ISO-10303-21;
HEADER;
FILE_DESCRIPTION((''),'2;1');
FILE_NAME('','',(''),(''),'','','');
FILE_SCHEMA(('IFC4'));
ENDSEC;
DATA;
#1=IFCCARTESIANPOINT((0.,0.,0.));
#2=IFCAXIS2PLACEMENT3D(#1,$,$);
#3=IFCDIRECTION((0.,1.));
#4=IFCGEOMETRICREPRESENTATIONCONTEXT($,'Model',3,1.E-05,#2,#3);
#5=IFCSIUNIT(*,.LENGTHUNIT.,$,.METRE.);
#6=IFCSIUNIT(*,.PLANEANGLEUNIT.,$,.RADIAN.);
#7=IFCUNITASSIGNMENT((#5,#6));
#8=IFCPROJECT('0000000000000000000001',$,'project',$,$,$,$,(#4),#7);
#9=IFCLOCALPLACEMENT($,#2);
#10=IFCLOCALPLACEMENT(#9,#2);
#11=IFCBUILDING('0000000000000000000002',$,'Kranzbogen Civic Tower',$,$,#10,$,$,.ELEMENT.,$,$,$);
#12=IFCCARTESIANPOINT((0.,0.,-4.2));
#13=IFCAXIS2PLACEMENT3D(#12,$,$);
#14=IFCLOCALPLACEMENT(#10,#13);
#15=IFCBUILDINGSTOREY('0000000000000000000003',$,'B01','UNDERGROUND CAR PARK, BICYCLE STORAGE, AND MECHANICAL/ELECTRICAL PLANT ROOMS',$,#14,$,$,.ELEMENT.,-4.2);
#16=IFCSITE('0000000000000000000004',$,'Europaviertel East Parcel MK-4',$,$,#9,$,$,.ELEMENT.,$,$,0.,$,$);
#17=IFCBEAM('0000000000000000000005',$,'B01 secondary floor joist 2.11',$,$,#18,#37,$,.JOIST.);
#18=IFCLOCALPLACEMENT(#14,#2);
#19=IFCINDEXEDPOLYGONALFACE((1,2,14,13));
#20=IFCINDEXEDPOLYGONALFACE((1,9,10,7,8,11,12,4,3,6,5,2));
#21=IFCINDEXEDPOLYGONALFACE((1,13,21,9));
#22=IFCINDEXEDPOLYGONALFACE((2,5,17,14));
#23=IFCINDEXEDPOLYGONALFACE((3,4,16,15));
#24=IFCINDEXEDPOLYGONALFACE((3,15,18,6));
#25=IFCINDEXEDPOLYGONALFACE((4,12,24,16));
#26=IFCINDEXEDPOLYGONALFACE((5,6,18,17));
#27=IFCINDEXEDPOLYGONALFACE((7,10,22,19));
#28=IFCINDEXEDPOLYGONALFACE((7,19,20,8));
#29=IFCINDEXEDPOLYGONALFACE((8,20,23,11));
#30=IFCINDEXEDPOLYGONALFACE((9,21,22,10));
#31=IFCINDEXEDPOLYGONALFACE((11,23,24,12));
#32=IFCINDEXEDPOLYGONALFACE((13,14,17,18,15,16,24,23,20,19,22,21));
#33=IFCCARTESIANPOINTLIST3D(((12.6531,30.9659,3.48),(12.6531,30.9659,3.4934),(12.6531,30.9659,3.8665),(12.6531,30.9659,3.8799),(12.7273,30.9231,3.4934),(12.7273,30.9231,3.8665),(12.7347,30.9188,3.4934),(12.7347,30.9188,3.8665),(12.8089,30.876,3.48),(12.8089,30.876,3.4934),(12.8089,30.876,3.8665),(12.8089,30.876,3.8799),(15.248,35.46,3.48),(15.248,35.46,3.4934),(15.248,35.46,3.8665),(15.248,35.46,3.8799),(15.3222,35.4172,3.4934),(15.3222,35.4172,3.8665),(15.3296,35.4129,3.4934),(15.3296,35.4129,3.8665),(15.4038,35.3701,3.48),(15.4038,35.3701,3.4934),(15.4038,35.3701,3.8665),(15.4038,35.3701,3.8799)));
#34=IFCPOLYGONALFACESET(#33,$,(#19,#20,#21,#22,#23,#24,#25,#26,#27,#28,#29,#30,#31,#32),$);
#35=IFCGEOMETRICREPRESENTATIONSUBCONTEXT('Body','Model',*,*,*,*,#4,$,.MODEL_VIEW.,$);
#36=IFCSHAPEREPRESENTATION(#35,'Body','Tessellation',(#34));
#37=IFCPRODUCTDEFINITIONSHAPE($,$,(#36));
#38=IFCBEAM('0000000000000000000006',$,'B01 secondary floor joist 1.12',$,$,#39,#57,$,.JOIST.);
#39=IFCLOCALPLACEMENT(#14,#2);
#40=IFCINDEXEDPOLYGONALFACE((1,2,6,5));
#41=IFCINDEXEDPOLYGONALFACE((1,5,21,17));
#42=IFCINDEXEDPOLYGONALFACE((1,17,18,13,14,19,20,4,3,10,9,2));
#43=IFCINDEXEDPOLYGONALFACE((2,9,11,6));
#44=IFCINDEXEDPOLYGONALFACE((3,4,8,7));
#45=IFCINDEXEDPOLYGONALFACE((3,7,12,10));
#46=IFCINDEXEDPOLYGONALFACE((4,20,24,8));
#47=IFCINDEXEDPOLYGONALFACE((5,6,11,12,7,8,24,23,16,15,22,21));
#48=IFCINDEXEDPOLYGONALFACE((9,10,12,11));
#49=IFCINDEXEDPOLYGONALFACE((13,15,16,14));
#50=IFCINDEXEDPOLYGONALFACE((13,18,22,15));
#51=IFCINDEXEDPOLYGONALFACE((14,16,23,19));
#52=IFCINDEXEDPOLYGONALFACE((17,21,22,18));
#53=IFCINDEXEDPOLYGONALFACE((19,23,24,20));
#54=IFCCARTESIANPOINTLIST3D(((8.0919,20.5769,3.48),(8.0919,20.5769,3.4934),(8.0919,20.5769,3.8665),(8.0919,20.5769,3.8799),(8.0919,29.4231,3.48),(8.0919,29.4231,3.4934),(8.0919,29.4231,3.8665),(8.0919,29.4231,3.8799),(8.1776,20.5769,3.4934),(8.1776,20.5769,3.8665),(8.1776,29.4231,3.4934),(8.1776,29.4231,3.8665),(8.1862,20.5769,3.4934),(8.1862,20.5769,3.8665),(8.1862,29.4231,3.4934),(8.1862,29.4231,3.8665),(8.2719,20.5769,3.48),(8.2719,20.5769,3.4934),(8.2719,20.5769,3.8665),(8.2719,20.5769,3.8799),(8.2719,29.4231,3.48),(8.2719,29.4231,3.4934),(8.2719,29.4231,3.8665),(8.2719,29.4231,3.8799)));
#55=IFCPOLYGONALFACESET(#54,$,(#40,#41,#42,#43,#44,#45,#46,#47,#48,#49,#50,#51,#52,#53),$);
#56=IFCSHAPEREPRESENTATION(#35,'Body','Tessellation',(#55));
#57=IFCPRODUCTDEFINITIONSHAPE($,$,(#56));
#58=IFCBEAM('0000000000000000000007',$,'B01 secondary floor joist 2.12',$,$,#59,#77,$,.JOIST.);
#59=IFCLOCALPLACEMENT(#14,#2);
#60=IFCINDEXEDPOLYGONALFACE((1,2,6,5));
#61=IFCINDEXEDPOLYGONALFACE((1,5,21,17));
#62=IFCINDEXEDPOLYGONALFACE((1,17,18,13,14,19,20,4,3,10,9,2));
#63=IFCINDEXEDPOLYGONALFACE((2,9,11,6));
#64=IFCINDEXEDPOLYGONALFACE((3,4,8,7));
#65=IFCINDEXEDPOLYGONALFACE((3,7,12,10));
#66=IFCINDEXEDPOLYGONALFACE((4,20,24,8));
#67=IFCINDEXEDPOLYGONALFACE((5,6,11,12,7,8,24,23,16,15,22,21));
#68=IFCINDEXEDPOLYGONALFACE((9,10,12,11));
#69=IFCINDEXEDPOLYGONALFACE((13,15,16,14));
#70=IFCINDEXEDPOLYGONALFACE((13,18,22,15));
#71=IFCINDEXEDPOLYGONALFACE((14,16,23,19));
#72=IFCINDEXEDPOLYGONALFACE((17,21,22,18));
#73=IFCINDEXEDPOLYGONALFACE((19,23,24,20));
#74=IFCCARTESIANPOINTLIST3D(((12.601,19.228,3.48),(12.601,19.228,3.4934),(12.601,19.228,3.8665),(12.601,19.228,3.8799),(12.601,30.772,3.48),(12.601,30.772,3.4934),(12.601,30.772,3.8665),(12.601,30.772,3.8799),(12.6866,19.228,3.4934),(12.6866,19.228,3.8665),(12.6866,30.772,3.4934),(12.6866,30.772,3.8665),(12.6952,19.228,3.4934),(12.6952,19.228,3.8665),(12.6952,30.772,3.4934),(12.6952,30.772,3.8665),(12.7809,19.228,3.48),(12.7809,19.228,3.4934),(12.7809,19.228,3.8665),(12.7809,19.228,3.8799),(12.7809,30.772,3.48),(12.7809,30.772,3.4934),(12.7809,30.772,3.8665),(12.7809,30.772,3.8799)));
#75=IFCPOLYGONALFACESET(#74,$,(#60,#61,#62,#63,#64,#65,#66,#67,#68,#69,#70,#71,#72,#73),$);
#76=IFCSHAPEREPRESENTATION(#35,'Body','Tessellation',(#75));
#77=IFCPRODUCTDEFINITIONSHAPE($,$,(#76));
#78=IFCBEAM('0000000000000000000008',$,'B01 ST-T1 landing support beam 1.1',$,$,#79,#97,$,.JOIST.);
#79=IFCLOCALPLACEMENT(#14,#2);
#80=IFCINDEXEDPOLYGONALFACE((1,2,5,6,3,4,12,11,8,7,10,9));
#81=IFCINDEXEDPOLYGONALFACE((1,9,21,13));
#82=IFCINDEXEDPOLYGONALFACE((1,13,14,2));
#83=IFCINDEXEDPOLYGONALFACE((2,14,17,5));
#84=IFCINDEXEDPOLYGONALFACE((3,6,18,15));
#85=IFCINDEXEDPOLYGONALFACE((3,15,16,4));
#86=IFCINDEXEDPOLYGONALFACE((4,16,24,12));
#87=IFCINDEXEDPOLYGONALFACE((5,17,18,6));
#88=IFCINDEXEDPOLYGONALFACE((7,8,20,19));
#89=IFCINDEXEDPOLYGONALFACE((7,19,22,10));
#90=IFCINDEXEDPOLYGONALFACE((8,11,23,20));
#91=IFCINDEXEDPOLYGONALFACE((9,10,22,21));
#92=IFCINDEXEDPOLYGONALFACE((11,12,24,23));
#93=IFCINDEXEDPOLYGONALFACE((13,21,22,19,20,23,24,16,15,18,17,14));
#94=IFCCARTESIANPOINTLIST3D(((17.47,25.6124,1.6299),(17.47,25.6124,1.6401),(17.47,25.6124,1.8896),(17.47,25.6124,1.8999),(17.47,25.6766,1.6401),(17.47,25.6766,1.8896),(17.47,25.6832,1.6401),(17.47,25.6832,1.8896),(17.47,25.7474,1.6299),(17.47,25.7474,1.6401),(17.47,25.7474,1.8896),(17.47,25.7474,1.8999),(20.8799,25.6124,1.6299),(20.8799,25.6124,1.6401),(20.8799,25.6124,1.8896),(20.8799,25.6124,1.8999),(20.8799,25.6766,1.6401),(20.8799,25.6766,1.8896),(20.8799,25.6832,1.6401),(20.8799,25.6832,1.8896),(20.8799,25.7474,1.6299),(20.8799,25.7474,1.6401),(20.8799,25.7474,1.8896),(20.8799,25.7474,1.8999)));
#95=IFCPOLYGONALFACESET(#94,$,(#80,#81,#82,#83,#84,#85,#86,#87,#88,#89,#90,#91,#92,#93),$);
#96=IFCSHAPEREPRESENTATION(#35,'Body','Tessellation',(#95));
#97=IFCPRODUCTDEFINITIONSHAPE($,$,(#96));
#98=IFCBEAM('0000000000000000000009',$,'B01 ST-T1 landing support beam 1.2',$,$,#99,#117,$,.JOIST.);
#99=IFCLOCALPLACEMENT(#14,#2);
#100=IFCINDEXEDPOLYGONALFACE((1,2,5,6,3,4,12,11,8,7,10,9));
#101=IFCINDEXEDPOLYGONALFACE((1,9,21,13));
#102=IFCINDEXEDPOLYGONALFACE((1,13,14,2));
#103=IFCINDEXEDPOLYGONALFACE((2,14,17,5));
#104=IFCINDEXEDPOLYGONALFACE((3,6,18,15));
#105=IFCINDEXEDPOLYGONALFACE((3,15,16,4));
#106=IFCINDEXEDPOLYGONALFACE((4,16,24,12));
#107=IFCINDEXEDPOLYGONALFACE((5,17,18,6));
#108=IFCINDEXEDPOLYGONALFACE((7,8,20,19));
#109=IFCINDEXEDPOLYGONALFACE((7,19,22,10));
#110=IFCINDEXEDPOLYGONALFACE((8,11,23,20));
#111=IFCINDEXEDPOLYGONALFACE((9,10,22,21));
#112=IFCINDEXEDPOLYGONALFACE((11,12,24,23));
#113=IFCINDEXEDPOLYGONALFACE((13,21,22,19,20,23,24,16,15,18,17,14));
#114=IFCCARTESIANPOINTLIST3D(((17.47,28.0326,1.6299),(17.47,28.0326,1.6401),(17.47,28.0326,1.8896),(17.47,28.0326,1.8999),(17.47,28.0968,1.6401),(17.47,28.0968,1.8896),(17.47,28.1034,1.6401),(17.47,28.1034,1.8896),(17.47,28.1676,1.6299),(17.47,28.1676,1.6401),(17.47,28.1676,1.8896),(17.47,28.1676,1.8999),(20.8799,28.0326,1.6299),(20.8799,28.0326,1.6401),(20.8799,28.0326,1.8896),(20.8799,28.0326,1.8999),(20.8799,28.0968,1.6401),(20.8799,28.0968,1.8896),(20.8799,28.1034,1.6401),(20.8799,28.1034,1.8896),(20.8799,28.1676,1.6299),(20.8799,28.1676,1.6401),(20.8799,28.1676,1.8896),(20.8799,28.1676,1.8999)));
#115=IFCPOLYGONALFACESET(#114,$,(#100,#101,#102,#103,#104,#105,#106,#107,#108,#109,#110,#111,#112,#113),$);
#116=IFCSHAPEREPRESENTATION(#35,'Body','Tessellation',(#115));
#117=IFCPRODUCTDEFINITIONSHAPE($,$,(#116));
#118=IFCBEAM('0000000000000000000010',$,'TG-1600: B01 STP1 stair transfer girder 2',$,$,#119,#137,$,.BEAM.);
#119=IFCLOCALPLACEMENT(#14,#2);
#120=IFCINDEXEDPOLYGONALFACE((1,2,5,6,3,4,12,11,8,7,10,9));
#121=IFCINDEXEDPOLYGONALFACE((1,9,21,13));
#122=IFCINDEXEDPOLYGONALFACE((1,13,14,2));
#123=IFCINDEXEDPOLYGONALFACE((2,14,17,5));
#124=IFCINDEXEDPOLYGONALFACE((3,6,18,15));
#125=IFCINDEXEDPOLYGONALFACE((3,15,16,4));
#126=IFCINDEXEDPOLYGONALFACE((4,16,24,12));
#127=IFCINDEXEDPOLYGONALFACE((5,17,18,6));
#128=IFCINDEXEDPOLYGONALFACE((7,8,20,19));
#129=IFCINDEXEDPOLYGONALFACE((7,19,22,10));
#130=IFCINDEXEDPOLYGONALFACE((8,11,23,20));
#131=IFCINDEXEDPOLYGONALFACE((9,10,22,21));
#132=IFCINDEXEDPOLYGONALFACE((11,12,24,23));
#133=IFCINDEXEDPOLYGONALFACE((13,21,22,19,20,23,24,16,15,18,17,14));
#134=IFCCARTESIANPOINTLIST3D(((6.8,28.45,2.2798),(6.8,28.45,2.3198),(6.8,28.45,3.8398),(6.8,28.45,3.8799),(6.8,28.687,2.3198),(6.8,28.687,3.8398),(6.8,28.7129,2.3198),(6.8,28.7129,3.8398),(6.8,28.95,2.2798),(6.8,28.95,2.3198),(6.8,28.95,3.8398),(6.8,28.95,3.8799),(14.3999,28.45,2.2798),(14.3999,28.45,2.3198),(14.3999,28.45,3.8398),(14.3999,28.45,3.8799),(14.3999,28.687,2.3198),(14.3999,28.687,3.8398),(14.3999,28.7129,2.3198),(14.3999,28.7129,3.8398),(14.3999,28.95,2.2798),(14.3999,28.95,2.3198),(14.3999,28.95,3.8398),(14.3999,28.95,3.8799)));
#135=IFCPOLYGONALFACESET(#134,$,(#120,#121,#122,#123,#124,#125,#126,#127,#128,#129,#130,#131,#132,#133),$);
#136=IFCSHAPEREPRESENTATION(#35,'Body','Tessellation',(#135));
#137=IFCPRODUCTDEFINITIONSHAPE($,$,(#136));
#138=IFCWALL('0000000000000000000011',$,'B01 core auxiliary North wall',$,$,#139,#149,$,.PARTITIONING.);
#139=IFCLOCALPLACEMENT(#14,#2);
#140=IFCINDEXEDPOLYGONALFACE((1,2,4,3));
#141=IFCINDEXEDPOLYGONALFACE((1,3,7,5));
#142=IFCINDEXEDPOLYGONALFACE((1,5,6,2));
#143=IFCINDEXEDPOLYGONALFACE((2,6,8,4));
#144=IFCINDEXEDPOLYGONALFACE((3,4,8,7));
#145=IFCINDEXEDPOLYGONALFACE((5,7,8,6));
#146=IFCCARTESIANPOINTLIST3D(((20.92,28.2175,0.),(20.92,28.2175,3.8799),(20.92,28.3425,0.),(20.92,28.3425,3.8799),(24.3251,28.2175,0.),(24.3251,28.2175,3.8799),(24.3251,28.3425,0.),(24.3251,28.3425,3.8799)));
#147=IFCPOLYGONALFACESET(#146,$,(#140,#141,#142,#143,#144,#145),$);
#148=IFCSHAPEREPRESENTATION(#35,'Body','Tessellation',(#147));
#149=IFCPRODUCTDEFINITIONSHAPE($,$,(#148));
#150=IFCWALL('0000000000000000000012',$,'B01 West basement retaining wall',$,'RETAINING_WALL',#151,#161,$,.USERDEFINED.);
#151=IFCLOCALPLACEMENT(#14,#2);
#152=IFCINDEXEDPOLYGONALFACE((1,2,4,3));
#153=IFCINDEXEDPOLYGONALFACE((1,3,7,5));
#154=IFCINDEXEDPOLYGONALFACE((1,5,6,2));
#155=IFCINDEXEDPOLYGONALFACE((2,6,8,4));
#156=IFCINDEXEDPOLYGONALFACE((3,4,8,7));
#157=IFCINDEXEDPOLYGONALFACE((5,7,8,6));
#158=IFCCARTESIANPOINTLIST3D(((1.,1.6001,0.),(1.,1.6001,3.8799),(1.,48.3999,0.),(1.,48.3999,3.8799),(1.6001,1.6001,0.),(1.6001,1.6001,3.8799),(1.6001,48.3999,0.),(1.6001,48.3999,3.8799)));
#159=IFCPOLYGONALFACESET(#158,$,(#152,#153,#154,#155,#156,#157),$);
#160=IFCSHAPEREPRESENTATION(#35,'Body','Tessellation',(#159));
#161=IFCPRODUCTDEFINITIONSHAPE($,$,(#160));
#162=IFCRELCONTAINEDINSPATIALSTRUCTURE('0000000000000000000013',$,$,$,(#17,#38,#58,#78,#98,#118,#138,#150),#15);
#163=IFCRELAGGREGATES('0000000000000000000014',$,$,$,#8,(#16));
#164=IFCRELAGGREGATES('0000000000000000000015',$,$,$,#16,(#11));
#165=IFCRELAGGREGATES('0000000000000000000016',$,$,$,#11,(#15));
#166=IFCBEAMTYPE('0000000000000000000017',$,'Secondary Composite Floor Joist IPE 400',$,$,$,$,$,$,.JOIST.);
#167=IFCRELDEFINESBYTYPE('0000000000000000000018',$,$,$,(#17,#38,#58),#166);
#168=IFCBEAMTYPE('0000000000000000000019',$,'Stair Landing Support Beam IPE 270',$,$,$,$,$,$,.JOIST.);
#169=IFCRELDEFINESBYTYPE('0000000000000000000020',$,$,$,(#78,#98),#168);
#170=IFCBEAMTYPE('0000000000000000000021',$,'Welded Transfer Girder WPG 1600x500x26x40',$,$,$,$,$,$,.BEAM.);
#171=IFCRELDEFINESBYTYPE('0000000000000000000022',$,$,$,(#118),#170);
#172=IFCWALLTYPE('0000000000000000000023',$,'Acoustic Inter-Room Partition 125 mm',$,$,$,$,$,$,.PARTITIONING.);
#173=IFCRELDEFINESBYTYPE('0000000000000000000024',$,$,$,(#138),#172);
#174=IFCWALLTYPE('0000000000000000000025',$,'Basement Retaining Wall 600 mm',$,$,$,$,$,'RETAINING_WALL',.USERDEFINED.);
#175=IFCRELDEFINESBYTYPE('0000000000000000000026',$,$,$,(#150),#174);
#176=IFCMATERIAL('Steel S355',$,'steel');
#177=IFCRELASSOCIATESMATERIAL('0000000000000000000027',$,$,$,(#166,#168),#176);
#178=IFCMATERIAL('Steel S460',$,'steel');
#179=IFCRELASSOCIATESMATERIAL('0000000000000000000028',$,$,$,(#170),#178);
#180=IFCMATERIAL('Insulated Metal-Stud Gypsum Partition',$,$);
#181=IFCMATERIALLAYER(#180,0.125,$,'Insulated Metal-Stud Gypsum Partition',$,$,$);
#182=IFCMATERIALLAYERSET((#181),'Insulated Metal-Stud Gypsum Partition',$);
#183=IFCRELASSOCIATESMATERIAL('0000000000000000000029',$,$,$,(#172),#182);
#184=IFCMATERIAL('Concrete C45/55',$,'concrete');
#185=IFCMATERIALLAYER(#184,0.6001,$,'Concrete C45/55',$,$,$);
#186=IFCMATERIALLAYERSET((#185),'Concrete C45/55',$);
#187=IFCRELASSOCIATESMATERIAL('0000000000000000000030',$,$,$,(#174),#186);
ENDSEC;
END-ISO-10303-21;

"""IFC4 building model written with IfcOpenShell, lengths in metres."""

from ifc_helpers import new_model, si_unit, direction, frame, frame_2d, origin, origin_2d, place, context, subcontext, project, spatial, rectangle, i_section, extrude, material, layer, layer_set, material_profile, profile_set, type_object, element, save


model = new_model("IFC4")

# Units and contexts
model_context = context("Model", 3, precision=1e-05, world=origin(), true_north=direction((0.0, 1.0)))
body_context = subcontext(model_context, "Body", "Model", "MODEL_VIEW")
ifc_project = project(units=[si_unit("LENGTHUNIT", "METRE"), si_unit("PLANEANGLEUNIT", "RADIAN")], contexts=[model_context])

# Site, building, storey
site_placement = place(None, origin())
site = spatial("IfcSite", under=ifc_project, at=site_placement, Name="Europaviertel East Parcel MK-4", CompositionType="ELEMENT", RefElevation=0.0)
building_placement = place(site_placement, origin())
building = spatial("IfcBuilding", under=site, at=building_placement, Name="Kranzbogen Civic Tower", CompositionType="ELEMENT")
storey_placement = place(building_placement, frame((0.0, 0.0, -4.2)))
storey = spatial("IfcBuildingStorey", under=building, at=storey_placement, Name="B01", Description="UNDERGROUND CAR PARK, BICYCLE STORAGE, AND MECHANICAL/ELECTRICAL PLANT ROOMS", CompositionType="ELEMENT", Elevation=-4.2)

# Shared definitions
ifc_material_1 = material(Name="Steel S460", Category="steel")

# Beams
ifc_material_2 = material(Name="Steel S355", Category="steel")
ifc_material_profile_1 = material_profile(ifc_material_2, i_section(OverallWidth=0.1799, OverallDepth=0.3999, WebThickness=0.0085, FlangeThickness=0.0134, at=origin_2d()), Name="IPE 400")
ifc_profile_set_1 = profile_set([ifc_material_profile_1], Name="Steel S355")
beam_type_1 = type_object("IfcBeamType", Name="Secondary Composite Floor Joist IPE 400", PredefinedType="JOIST", material=ifc_profile_set_1)
beam_1_placement = place(storey_placement, frame((15.3259, 35.415, 3.6799), z_axis=(-0.50004, -0.866002, 0.0), x_axis=(0.866002, -0.50004, 0.0)))
element("IfcBeam", 1, at=beam_1_placement, inside=storey, type_object=beam_type_1, Name="B01 secondary floor joist 2.11", PredefinedType="JOIST", context=body_context, shape_type="SweptSolid", body=[
    extrude(i_section(OverallWidth=0.1799, OverallDepth=0.3999, WebThickness=0.0085, FlangeThickness=0.0134, at=origin_2d()), origin(), (0.0, 0.0, 1.0), 5.1895),
])
beam_2_placement = place(storey_placement, frame((8.1819, 29.4231, 3.6799), z_axis=(0.0, -1.0, 0.0), x_axis=(1.0, 0.0, 0.0)))
element("IfcBeam", 2, at=beam_2_placement, inside=storey, type_object=beam_type_1, Name="B01 secondary floor joist 1.12", PredefinedType="JOIST", context=body_context, shape_type="SweptSolid", body=[
    extrude(i_section(OverallWidth=0.1799, OverallDepth=0.3999, WebThickness=0.0085, FlangeThickness=0.0134, at=origin_2d()), origin(), (0.0, 0.0, 1.0), 8.8462),
])
beam_3_placement = place(storey_placement, frame((12.6909, 30.772, 3.6799), z_axis=(0.0, -1.0, 0.0), x_axis=(1.0, 0.0, 0.0)))
element("IfcBeam", 3, at=beam_3_placement, inside=storey, type_object=beam_type_1, Name="B01 secondary floor joist 2.12", PredefinedType="JOIST", context=body_context, shape_type="SweptSolid", body=[
    extrude(i_section(OverallWidth=0.1799, OverallDepth=0.3999, WebThickness=0.0085, FlangeThickness=0.0134, at=origin_2d()), origin(), (0.0, 0.0, 1.0), 11.5439),
])
ifc_material_profile_2 = material_profile(ifc_material_2, i_section(OverallWidth=0.135, OverallDepth=0.27, WebThickness=0.0066, FlangeThickness=0.0103, at=origin_2d()), Name="IPE 270")
ifc_profile_set_2 = profile_set([ifc_material_profile_2], Name="Steel S355")
beam_type_2 = type_object("IfcBeamType", Name="Stair Landing Support Beam IPE 270", PredefinedType="JOIST", material=ifc_profile_set_2)
for number, where, z_axis, x_axis, name in (
    (4, (20.8799, 25.6799, 1.7649), (-1.0, 0.0, 0.0), (0.0, -1.0, 0.0), "B01 ST-T1 landing support beam 1.1"),
    (5, (20.8799, 28.1001, 1.7649), (-1.0, 0.0, 0.0), (0.0, -1.0, 0.0), "B01 ST-T1 landing support beam 1.2"),
):
    element("IfcBeam", number, at=place(storey_placement, frame(where, z_axis=z_axis, x_axis=x_axis)), inside=storey, type_object=beam_type_2, Name=name, PredefinedType="JOIST", context=body_context, shape_type="SweptSolid", body=[
        extrude(i_section(OverallWidth=0.135, OverallDepth=0.27, WebThickness=0.0066, FlangeThickness=0.0103, at=origin_2d()), origin(), (0.0, 0.0, 1.0), 3.4099),
    ])
ifc_material_profile_3 = material_profile(ifc_material_1, i_section(OverallWidth=0.5, OverallDepth=1.6001, WebThickness=0.0259, FlangeThickness=0.04, at=origin_2d()), Name="WPG 1600x500x26x40")
ifc_profile_set_3 = profile_set([ifc_material_profile_3], Name="Steel S460")
beam_type_3 = type_object("IfcBeamType", Name="Welded Transfer Girder WPG 1600x500x26x40", PredefinedType="BEAM", material=ifc_profile_set_3)
beam_4_placement = place(storey_placement, frame((6.8, 28.7, 3.0798), z_axis=(1.0, 0.0, 0.0), x_axis=(0.0, 1.0, 0.0)))
element("IfcBeam", 6, at=beam_4_placement, inside=storey, type_object=beam_type_3, Name="TG-1600: B01 STP1 stair transfer girder 2", PredefinedType="BEAM", context=body_context, shape_type="SweptSolid", body=[
    extrude(i_section(OverallWidth=0.5, OverallDepth=1.6001, WebThickness=0.0259, FlangeThickness=0.04, at=origin_2d()), origin(), (0.0, 0.0, 1.0), 7.5999),
])

# Walls
ifc_material_3 = material(Name="Insulated Metal-Stud Gypsum Partition")
ifc_layer_1 = layer(ifc_material_3, 0.125, Name="Insulated Metal-Stud Gypsum Partition")
ifc_layer_set_1 = layer_set([ifc_layer_1], Name="Insulated Metal-Stud Gypsum Partition")
wall_type_1 = type_object("IfcWallType", Name="Acoustic Inter-Room Partition 125 mm", PredefinedType="PARTITIONING", material=ifc_layer_set_1)
wall_1_placement = place(storey_placement, frame((20.9199, 28.28, 0.0), z_axis=(0.0, 0.0, 1.0), x_axis=(1.0, 0.0, 0.0)))
element("IfcWall", 7, at=wall_1_placement, inside=storey, type_object=wall_type_1, Name="B01 core auxiliary North wall", PredefinedType="PARTITIONING", context=body_context, shape_type="SweptSolid", body=[
    extrude(rectangle(XDim=3.405, YDim=0.125, at=frame_2d((1.7026, 0.0))), origin(), (0.0, 0.0, 1.0), 3.8799),
])
ifc_material_4 = material(Name="Concrete C45/55", Category="concrete")
ifc_layer_2 = layer(ifc_material_4, 0.6001, Name="Concrete C45/55")
ifc_layer_set_2 = layer_set([ifc_layer_2], Name="Concrete C45/55")
wall_type_2 = type_object("IfcWallType", Name="Basement Retaining Wall 600 mm", ElementType="RETAINING_WALL", PredefinedType="USERDEFINED", material=ifc_layer_set_2)
wall_2_placement = place(storey_placement, frame((1.3, 48.3999, 0.0), z_axis=(0.0, 0.0, 1.0), x_axis=(0.0, -1.0, 0.0)))
element("IfcWall", 8, at=wall_2_placement, inside=storey, type_object=wall_type_2, Name="B01 West basement retaining wall", ObjectType="RETAINING_WALL", PredefinedType="USERDEFINED", context=body_context, shape_type="SweptSolid", body=[
    extrude(rectangle(XDim=46.7998, YDim=0.6001, at=frame_2d((23.3999, 0.0))), origin(), (0.0, 0.0, 1.0), 3.8799),
])

save(model, "model.ifc")
